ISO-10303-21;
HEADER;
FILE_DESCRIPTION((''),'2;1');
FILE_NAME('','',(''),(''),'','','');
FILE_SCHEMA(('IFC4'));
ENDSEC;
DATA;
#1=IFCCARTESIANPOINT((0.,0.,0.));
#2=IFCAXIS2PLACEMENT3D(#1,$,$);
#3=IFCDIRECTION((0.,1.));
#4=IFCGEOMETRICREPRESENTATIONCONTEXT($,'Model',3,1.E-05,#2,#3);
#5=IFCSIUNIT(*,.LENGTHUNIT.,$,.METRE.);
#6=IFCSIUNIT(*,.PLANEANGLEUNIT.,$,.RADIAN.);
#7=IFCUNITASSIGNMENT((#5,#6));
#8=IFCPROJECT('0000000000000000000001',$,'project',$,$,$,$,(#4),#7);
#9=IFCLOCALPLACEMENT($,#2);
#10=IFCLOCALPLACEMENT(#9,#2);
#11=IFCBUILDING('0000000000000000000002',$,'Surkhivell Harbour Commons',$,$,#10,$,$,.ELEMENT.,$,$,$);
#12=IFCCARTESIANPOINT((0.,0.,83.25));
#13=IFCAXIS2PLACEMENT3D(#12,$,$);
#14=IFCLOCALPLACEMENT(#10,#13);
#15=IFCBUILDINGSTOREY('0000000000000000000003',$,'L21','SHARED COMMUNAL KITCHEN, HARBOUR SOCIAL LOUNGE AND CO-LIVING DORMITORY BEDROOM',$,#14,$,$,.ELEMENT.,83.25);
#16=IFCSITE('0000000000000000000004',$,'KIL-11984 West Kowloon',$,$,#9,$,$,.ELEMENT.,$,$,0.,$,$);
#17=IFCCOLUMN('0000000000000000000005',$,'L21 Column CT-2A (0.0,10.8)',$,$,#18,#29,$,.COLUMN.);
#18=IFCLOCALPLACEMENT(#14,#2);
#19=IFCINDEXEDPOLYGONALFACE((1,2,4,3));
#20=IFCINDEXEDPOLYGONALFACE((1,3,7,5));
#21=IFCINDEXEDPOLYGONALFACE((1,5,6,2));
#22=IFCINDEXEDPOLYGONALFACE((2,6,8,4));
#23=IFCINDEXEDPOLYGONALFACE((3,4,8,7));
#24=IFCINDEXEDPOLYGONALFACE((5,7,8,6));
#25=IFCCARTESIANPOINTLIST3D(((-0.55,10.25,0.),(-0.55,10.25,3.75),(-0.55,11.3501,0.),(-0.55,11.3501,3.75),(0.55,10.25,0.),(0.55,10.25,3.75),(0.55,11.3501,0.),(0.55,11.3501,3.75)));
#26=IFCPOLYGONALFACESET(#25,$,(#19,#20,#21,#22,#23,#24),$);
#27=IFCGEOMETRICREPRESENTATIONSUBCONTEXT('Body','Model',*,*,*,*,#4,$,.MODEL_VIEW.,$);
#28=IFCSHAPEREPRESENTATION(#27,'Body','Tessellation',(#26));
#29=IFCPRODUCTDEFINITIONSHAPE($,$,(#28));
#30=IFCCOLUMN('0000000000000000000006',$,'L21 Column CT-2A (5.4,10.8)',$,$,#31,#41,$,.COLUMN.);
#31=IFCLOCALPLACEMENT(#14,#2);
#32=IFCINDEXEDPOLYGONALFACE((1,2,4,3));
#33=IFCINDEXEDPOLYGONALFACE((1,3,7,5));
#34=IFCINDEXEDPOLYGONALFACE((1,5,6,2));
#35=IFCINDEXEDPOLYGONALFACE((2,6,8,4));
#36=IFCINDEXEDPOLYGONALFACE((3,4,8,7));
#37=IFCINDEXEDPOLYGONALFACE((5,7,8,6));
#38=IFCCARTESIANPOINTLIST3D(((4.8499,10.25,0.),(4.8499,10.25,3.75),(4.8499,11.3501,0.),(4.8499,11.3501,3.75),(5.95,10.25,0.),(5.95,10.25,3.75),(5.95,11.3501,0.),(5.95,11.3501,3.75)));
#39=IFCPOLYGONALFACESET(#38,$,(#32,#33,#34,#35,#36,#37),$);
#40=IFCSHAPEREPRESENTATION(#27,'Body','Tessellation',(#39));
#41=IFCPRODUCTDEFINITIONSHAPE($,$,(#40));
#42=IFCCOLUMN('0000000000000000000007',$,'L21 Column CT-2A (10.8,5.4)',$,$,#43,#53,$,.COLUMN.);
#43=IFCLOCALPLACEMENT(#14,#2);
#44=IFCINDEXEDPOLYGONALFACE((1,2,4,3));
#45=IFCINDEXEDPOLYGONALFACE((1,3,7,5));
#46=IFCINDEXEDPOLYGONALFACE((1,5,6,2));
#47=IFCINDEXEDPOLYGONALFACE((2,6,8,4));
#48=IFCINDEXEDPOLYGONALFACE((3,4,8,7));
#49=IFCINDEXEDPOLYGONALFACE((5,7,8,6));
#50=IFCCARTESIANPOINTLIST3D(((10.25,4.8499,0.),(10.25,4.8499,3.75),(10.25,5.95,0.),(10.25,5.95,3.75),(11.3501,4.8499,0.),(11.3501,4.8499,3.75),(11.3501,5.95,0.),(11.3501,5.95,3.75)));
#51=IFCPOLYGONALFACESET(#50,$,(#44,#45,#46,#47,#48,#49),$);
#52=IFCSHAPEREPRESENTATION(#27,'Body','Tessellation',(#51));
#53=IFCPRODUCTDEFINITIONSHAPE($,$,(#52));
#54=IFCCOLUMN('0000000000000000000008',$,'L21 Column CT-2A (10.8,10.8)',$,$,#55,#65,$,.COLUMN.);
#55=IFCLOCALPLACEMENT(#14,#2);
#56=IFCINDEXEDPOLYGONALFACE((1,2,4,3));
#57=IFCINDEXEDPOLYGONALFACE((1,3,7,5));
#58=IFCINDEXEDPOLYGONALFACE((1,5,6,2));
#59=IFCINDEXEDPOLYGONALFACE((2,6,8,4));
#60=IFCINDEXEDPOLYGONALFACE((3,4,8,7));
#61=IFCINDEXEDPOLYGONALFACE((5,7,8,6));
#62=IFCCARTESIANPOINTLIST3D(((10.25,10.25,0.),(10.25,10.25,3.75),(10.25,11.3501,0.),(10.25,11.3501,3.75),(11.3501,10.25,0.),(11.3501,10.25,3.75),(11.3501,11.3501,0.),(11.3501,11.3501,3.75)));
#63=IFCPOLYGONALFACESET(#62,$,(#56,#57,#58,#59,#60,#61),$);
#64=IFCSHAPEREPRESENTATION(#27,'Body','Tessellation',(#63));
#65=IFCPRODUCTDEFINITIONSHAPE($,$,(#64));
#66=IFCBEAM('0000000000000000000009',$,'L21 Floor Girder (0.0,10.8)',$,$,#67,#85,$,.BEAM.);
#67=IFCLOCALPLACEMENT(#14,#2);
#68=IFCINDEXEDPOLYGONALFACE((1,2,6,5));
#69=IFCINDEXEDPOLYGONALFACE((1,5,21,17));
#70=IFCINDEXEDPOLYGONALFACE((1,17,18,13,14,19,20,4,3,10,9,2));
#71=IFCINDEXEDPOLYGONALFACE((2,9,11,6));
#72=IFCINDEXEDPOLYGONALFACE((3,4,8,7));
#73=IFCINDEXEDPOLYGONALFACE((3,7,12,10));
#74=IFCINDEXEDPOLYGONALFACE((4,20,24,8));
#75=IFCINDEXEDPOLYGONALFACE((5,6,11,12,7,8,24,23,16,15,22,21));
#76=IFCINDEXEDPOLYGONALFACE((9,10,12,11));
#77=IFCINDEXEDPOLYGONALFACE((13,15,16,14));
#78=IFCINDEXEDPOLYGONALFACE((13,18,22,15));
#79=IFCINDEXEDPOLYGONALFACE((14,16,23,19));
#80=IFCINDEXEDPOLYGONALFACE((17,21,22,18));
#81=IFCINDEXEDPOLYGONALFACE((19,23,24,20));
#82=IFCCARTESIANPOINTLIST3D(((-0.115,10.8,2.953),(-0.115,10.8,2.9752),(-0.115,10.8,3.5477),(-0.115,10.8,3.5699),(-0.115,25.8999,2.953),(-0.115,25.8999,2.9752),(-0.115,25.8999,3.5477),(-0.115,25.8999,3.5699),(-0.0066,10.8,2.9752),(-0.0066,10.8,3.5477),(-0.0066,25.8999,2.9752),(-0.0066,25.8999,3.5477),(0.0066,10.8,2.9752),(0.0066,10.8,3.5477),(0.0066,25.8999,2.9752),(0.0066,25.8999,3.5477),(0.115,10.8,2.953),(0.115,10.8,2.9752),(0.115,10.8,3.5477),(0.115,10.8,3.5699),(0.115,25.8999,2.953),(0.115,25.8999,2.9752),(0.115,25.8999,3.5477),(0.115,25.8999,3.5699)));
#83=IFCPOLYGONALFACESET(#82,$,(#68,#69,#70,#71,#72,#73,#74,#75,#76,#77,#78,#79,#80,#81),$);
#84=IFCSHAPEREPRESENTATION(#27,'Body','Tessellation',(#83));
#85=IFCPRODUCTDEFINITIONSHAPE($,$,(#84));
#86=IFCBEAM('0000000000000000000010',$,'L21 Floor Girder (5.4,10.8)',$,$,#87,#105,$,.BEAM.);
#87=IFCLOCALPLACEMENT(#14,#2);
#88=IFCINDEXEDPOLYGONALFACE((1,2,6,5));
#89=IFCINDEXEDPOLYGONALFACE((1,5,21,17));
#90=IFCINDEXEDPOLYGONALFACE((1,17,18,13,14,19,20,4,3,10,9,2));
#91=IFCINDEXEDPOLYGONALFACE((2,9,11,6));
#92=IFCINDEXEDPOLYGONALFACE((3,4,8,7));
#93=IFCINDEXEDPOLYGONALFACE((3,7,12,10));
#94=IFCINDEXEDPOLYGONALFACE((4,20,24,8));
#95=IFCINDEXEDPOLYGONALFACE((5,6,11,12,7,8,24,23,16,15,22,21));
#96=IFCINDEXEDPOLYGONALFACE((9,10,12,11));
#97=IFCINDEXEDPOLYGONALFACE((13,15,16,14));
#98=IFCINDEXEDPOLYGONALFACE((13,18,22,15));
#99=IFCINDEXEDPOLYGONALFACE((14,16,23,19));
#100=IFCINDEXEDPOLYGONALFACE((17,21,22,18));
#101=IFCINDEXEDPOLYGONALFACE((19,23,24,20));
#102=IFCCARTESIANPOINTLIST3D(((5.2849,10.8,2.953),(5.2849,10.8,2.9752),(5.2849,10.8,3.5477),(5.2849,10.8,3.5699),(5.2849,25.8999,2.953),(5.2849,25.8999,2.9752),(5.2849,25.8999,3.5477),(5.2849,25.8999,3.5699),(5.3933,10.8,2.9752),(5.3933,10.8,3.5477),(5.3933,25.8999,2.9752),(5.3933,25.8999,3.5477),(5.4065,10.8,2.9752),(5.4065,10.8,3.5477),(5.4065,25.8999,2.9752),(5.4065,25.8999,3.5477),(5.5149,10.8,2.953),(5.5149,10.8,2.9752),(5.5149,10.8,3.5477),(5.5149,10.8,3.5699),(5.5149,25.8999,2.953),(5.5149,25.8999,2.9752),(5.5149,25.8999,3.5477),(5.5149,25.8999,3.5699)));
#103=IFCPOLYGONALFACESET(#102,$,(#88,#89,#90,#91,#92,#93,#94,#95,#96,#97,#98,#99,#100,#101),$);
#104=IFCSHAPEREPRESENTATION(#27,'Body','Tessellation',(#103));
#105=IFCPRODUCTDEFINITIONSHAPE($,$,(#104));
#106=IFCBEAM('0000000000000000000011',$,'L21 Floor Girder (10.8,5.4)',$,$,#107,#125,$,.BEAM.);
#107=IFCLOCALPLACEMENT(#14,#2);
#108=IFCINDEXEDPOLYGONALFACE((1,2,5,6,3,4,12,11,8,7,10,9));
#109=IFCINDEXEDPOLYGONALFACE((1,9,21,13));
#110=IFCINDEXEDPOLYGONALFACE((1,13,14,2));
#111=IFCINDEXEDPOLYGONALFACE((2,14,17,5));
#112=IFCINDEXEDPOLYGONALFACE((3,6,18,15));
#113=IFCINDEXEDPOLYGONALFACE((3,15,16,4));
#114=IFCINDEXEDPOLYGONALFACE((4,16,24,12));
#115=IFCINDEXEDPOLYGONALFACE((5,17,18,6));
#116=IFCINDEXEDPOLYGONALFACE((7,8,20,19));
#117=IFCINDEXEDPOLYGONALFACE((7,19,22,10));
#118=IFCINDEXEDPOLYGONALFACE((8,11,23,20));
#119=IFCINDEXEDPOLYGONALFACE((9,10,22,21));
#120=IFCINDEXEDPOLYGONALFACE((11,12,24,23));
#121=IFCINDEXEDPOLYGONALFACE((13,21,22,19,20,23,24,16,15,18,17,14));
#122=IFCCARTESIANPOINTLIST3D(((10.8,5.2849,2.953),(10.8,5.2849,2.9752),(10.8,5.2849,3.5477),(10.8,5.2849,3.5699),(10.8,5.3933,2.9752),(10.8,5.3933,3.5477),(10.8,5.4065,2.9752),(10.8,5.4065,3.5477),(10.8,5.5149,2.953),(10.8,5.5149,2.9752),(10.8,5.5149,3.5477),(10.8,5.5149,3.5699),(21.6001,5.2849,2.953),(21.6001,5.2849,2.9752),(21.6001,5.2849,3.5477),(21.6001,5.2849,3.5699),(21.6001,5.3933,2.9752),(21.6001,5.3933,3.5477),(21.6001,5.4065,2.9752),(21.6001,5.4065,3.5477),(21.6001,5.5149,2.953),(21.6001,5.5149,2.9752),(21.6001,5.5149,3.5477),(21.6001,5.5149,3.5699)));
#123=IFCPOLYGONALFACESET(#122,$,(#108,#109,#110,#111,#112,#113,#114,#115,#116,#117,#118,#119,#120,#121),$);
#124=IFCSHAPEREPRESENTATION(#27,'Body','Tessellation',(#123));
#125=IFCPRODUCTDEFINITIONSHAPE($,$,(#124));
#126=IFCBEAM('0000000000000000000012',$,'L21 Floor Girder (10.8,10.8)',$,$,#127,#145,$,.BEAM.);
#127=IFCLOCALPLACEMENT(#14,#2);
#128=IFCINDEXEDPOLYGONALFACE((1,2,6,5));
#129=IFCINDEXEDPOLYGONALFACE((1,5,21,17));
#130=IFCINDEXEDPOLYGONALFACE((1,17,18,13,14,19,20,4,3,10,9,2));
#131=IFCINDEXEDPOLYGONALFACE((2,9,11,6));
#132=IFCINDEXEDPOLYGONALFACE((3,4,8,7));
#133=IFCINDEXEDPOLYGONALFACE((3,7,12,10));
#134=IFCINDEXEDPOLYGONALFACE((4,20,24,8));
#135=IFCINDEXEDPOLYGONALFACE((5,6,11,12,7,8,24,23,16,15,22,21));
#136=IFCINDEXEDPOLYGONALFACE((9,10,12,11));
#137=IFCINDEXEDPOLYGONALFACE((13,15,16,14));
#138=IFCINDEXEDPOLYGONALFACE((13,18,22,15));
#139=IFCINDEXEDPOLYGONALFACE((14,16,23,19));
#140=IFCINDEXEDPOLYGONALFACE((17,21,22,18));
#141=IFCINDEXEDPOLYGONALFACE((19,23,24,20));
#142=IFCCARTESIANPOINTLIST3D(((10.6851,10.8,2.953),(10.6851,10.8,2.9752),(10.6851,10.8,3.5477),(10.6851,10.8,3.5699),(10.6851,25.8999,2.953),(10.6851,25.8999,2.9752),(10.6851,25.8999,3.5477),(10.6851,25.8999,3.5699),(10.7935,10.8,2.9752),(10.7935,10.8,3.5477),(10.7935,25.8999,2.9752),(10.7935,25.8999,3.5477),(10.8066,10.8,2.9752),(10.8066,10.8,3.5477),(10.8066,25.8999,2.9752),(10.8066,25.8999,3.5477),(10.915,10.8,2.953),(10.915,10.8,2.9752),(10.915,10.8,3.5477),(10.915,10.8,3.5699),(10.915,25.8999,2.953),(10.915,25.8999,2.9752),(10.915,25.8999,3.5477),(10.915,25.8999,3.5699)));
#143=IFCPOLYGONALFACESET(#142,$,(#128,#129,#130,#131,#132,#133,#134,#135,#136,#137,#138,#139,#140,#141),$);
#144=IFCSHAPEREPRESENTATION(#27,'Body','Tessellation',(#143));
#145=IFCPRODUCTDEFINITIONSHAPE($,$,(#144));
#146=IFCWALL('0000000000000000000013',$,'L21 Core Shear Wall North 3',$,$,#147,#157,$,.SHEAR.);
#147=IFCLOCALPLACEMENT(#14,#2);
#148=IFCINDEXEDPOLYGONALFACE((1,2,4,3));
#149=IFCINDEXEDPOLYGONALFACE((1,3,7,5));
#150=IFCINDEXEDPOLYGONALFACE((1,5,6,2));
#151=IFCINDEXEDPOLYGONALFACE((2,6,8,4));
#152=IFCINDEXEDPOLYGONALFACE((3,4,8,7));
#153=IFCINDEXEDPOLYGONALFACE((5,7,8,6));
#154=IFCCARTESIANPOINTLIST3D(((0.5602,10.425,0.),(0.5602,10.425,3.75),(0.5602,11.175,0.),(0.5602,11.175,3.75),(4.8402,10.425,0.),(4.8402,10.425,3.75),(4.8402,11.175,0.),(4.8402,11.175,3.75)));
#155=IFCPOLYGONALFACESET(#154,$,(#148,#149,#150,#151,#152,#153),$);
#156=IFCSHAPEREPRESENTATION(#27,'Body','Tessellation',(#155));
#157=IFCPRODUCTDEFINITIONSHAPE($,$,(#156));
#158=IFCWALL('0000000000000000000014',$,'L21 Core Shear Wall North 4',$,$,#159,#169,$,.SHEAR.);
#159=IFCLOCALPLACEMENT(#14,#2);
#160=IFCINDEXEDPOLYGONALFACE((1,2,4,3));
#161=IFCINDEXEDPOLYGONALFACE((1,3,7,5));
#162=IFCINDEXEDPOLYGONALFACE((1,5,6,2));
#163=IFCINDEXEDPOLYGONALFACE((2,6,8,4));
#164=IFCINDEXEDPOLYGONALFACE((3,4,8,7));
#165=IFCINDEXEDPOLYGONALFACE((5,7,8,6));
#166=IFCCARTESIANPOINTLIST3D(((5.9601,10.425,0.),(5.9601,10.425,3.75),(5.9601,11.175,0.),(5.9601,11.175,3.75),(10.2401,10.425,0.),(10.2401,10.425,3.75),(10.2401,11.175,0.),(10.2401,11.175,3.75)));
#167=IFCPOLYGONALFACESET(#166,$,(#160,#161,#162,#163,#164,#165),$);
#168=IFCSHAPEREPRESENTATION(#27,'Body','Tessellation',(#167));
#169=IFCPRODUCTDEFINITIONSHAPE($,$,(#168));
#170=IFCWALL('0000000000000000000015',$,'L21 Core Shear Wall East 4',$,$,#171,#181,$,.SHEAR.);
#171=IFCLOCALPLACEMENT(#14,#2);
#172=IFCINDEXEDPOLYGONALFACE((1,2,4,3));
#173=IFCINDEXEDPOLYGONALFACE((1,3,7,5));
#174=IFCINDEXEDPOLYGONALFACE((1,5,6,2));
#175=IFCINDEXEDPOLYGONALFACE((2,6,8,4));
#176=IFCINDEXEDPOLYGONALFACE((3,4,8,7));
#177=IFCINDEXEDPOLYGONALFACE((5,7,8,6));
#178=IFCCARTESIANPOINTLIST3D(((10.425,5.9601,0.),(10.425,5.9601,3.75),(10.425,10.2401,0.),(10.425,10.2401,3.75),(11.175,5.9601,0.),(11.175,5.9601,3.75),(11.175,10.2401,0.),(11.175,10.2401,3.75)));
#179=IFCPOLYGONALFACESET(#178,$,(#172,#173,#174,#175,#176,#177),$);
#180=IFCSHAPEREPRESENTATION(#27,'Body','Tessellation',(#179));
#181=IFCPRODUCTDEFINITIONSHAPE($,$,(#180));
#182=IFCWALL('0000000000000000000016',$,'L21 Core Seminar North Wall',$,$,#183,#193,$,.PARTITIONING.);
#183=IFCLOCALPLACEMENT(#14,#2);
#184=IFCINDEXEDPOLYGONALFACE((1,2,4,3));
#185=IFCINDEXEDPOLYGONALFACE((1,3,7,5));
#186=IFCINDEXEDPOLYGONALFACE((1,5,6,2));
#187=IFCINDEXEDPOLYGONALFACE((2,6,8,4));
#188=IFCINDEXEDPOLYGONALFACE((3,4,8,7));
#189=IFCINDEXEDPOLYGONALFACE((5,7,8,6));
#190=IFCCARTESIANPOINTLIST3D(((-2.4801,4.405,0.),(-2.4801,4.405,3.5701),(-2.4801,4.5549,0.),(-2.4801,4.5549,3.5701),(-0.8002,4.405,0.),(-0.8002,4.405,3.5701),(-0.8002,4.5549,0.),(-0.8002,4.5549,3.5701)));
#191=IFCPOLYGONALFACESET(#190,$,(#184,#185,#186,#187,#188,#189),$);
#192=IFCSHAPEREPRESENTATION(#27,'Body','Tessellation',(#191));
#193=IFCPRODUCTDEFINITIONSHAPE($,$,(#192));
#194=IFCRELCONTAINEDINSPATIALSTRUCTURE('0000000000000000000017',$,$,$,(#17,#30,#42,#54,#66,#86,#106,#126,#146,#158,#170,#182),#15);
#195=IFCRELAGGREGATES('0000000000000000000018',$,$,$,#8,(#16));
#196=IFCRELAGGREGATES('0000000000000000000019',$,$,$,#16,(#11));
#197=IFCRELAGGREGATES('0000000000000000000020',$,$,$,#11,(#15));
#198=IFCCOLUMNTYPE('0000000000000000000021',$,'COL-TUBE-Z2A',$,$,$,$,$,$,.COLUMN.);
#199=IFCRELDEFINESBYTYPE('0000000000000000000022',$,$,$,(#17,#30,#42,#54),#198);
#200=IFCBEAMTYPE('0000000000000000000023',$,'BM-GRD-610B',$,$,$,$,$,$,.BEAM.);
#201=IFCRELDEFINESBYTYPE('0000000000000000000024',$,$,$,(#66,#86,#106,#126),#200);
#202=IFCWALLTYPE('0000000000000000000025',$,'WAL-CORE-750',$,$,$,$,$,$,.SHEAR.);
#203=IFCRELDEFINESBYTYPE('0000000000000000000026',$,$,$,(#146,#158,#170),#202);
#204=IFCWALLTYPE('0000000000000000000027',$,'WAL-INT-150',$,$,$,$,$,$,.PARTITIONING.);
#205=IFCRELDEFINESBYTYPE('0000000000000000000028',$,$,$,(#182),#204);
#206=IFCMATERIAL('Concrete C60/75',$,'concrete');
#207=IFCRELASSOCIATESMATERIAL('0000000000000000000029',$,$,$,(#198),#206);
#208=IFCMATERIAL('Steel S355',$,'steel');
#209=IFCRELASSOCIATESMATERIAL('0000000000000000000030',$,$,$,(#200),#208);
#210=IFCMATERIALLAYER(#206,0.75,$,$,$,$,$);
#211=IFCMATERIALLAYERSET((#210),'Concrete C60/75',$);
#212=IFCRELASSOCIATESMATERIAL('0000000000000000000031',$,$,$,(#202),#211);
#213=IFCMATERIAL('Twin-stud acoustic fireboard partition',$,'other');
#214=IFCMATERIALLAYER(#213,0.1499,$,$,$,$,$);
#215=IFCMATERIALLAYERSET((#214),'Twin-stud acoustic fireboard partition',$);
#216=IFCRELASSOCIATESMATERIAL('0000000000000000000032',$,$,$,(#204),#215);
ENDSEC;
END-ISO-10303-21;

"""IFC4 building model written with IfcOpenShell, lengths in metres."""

from ifc_helpers import new_model, si_unit, direction, frame, frame_2d, origin, origin_2d, place, context, subcontext, project, spatial, rectangle, i_section, extrude, material, layer, layer_set, material_profile, profile_set, type_object, element, save


model = new_model("IFC4")

# Units and contexts
model_context = context("Model", 3, precision=1e-05, world=origin(), true_north=direction((0.0, 1.0)))
body_context = subcontext(model_context, "Body", "Model", "MODEL_VIEW")
ifc_project = project(units=[si_unit("LENGTHUNIT", "METRE"), si_unit("PLANEANGLEUNIT", "RADIAN")], contexts=[model_context])

# Site, building, storey
site_placement = place(None, origin())
site = spatial("IfcSite", under=ifc_project, at=site_placement, Name="KIL-11984 West Kowloon", CompositionType="ELEMENT", RefElevation=0.0)
building_placement = place(site_placement, origin())
building = spatial("IfcBuilding", under=site, at=building_placement, Name="Surkhivell Harbour Commons", CompositionType="ELEMENT")
storey_placement = place(building_placement, frame((0.0, 0.0, 83.25)))
storey = spatial("IfcBuildingStorey", under=building, at=storey_placement, Name="L21", Description="SHARED COMMUNAL KITCHEN, HARBOUR SOCIAL LOUNGE AND CO-LIVING DORMITORY BEDROOM", CompositionType="ELEMENT", Elevation=83.25)

# Columns
ifc_material_1 = material(Name="Concrete C60/75", Category="concrete")
ifc_material_profile_1 = material_profile(ifc_material_1, rectangle(XDim=1.1001, YDim=1.1001, at=origin_2d()), Name="RC-COL-1100x1100")
ifc_profile_set_1 = profile_set([ifc_material_profile_1], Name="Concrete C60/75")
column_type = type_object("IfcColumnType", Name="COL-TUBE-Z2A", PredefinedType="COLUMN", material=ifc_profile_set_1)
for number, where, z_axis, x_axis, name in (
    (1, (0.0, 10.8, 0.0), (0.0, 0.0, 1.0), (1.0, 0.0, 0.0), "L21 Column CT-2A (0.0,10.8)"),
    (2, (5.3999, 10.8, 0.0), (0.0, 0.0, 1.0), (1.0, 0.0, 0.0), "L21 Column CT-2A (5.4,10.8)"),
    (3, (10.8, 5.3999, 0.0), (0.0, 0.0, 1.0), (1.0, 0.0, 0.0), "L21 Column CT-2A (10.8,5.4)"),
    (4, (10.8, 10.8, 0.0), (0.0, 0.0, 1.0), (1.0, 0.0, 0.0), "L21 Column CT-2A (10.8,10.8)"),
):
    element("IfcColumn", number, at=place(storey_placement, frame(where, z_axis=z_axis, x_axis=x_axis)), inside=storey, type_object=column_type, Name=name, PredefinedType="COLUMN", context=body_context, shape_type="SweptSolid", body=[
        extrude(rectangle(XDim=1.1001, YDim=1.1001, at=origin_2d()), origin(), (0.0, 0.0, 1.0), 3.75),
    ])

# Beams
ifc_material_2 = material(Name="Steel S355", Category="steel")
ifc_material_profile_2 = material_profile(ifc_material_2, i_section(OverallWidth=0.23, OverallDepth=0.6169, WebThickness=0.0132, FlangeThickness=0.0222, at=origin_2d()), Name="UB610x229x140")
ifc_profile_set_2 = profile_set([ifc_material_profile_2], Name="Steel S355")
beam_type = type_object("IfcBeamType", Name="BM-GRD-610B", PredefinedType="BEAM", material=ifc_profile_set_2)
for number, where, z_axis, x_axis, name in (
    (5, (0.0, 10.8, 3.2615), (0.0, 1.0, 0.0), (-1.0, 0.0, 0.0), "L21 Floor Girder (0.0,10.8)"),
    (6, (5.3999, 10.8, 3.2615), (0.0, 1.0, 0.0), (-1.0, 0.0, 0.0), "L21 Floor Girder (5.4,10.8)"),
):
    element("IfcBeam", number, at=place(storey_placement, frame(where, z_axis=z_axis, x_axis=x_axis)), inside=storey, type_object=beam_type, Name=name, PredefinedType="BEAM", context=body_context, shape_type="SweptSolid", body=[
        extrude(i_section(OverallWidth=0.23, OverallDepth=0.6169, WebThickness=0.0132, FlangeThickness=0.0222, at=origin_2d()), origin(), (0.0, 0.0, 1.0), 15.0999),
    ])
beam_1_placement = place(storey_placement, frame((10.8, 5.3999, 3.2615), z_axis=(1.0, 0.0, 0.0), x_axis=(0.0, 1.0, 0.0)))
element("IfcBeam", 7, at=beam_1_placement, inside=storey, type_object=beam_type, Name="L21 Floor Girder (10.8,5.4)", PredefinedType="BEAM", context=body_context, shape_type="SweptSolid", body=[
    extrude(i_section(OverallWidth=0.23, OverallDepth=0.6169, WebThickness=0.0132, FlangeThickness=0.0222, at=origin_2d()), origin(), (0.0, 0.0, 1.0), 10.8),
])
beam_2_placement = place(storey_placement, frame((10.8, 10.8, 3.2615), z_axis=(0.0, 1.0, 0.0), x_axis=(-1.0, 0.0, 0.0)))
element("IfcBeam", 8, at=beam_2_placement, inside=storey, type_object=beam_type, Name="L21 Floor Girder (10.8,10.8)", PredefinedType="BEAM", context=body_context, shape_type="SweptSolid", body=[
    extrude(i_section(OverallWidth=0.23, OverallDepth=0.6169, WebThickness=0.0132, FlangeThickness=0.0222, at=origin_2d()), origin(), (0.0, 0.0, 1.0), 15.0999),
])

# Walls
ifc_layer_1 = layer(ifc_material_1, 0.75)
ifc_layer_set_1 = layer_set([ifc_layer_1], Name="Concrete C60/75")
wall_type_1 = type_object("IfcWallType", Name="WAL-CORE-750", PredefinedType="SHEAR", material=ifc_layer_set_1)
for number, where, z_axis, x_axis, name in (
    (9, (0.5601, 10.8, 0.0), (0.0, 0.0, 1.0), (1.0, 0.0, 0.0), "L21 Core Shear Wall North 3"),
    (10, (5.96, 10.8, 0.0), (0.0, 0.0, 1.0), (1.0, 0.0, 0.0), "L21 Core Shear Wall North 4"),
    (11, (10.8, 5.96, 0.0), (0.0, 0.0, 1.0), (0.0, 1.0, 0.0), "L21 Core Shear Wall East 4"),
):
    element("IfcWall", number, at=place(storey_placement, frame(where, z_axis=z_axis, x_axis=x_axis)), inside=storey, type_object=wall_type_1, Name=name, PredefinedType="SHEAR", context=body_context, shape_type="SweptSolid", body=[
        extrude(rectangle(XDim=4.28, YDim=0.75, at=frame_2d((2.1401, 0.0))), origin(), (0.0, 0.0, 1.0), 3.75),
    ])
ifc_material_3 = material(Name="Twin-stud acoustic fireboard partition", Category="other")
ifc_layer_2 = layer(ifc_material_3, 0.1499)
ifc_layer_set_2 = layer_set([ifc_layer_2], Name="Twin-stud acoustic fireboard partition")
wall_type_2 = type_object("IfcWallType", Name="WAL-INT-150", PredefinedType="PARTITIONING", material=ifc_layer_set_2)
wall_1_placement = place(storey_placement, frame((-2.48, 4.48, 0.0), z_axis=(0.0, 0.0, 1.0), x_axis=(1.0, 0.0, 0.0)))
element("IfcWall", 12, at=wall_1_placement, inside=storey, type_object=wall_type_2, Name="L21 Core Seminar North Wall", PredefinedType="PARTITIONING", context=body_context, shape_type="SweptSolid", body=[
    extrude(rectangle(XDim=1.6799, YDim=0.1499, at=frame_2d((0.8398, 0.0))), origin(), (0.0, 0.0, 1.0), 3.5701),
])

save(model, "model.ifc")
